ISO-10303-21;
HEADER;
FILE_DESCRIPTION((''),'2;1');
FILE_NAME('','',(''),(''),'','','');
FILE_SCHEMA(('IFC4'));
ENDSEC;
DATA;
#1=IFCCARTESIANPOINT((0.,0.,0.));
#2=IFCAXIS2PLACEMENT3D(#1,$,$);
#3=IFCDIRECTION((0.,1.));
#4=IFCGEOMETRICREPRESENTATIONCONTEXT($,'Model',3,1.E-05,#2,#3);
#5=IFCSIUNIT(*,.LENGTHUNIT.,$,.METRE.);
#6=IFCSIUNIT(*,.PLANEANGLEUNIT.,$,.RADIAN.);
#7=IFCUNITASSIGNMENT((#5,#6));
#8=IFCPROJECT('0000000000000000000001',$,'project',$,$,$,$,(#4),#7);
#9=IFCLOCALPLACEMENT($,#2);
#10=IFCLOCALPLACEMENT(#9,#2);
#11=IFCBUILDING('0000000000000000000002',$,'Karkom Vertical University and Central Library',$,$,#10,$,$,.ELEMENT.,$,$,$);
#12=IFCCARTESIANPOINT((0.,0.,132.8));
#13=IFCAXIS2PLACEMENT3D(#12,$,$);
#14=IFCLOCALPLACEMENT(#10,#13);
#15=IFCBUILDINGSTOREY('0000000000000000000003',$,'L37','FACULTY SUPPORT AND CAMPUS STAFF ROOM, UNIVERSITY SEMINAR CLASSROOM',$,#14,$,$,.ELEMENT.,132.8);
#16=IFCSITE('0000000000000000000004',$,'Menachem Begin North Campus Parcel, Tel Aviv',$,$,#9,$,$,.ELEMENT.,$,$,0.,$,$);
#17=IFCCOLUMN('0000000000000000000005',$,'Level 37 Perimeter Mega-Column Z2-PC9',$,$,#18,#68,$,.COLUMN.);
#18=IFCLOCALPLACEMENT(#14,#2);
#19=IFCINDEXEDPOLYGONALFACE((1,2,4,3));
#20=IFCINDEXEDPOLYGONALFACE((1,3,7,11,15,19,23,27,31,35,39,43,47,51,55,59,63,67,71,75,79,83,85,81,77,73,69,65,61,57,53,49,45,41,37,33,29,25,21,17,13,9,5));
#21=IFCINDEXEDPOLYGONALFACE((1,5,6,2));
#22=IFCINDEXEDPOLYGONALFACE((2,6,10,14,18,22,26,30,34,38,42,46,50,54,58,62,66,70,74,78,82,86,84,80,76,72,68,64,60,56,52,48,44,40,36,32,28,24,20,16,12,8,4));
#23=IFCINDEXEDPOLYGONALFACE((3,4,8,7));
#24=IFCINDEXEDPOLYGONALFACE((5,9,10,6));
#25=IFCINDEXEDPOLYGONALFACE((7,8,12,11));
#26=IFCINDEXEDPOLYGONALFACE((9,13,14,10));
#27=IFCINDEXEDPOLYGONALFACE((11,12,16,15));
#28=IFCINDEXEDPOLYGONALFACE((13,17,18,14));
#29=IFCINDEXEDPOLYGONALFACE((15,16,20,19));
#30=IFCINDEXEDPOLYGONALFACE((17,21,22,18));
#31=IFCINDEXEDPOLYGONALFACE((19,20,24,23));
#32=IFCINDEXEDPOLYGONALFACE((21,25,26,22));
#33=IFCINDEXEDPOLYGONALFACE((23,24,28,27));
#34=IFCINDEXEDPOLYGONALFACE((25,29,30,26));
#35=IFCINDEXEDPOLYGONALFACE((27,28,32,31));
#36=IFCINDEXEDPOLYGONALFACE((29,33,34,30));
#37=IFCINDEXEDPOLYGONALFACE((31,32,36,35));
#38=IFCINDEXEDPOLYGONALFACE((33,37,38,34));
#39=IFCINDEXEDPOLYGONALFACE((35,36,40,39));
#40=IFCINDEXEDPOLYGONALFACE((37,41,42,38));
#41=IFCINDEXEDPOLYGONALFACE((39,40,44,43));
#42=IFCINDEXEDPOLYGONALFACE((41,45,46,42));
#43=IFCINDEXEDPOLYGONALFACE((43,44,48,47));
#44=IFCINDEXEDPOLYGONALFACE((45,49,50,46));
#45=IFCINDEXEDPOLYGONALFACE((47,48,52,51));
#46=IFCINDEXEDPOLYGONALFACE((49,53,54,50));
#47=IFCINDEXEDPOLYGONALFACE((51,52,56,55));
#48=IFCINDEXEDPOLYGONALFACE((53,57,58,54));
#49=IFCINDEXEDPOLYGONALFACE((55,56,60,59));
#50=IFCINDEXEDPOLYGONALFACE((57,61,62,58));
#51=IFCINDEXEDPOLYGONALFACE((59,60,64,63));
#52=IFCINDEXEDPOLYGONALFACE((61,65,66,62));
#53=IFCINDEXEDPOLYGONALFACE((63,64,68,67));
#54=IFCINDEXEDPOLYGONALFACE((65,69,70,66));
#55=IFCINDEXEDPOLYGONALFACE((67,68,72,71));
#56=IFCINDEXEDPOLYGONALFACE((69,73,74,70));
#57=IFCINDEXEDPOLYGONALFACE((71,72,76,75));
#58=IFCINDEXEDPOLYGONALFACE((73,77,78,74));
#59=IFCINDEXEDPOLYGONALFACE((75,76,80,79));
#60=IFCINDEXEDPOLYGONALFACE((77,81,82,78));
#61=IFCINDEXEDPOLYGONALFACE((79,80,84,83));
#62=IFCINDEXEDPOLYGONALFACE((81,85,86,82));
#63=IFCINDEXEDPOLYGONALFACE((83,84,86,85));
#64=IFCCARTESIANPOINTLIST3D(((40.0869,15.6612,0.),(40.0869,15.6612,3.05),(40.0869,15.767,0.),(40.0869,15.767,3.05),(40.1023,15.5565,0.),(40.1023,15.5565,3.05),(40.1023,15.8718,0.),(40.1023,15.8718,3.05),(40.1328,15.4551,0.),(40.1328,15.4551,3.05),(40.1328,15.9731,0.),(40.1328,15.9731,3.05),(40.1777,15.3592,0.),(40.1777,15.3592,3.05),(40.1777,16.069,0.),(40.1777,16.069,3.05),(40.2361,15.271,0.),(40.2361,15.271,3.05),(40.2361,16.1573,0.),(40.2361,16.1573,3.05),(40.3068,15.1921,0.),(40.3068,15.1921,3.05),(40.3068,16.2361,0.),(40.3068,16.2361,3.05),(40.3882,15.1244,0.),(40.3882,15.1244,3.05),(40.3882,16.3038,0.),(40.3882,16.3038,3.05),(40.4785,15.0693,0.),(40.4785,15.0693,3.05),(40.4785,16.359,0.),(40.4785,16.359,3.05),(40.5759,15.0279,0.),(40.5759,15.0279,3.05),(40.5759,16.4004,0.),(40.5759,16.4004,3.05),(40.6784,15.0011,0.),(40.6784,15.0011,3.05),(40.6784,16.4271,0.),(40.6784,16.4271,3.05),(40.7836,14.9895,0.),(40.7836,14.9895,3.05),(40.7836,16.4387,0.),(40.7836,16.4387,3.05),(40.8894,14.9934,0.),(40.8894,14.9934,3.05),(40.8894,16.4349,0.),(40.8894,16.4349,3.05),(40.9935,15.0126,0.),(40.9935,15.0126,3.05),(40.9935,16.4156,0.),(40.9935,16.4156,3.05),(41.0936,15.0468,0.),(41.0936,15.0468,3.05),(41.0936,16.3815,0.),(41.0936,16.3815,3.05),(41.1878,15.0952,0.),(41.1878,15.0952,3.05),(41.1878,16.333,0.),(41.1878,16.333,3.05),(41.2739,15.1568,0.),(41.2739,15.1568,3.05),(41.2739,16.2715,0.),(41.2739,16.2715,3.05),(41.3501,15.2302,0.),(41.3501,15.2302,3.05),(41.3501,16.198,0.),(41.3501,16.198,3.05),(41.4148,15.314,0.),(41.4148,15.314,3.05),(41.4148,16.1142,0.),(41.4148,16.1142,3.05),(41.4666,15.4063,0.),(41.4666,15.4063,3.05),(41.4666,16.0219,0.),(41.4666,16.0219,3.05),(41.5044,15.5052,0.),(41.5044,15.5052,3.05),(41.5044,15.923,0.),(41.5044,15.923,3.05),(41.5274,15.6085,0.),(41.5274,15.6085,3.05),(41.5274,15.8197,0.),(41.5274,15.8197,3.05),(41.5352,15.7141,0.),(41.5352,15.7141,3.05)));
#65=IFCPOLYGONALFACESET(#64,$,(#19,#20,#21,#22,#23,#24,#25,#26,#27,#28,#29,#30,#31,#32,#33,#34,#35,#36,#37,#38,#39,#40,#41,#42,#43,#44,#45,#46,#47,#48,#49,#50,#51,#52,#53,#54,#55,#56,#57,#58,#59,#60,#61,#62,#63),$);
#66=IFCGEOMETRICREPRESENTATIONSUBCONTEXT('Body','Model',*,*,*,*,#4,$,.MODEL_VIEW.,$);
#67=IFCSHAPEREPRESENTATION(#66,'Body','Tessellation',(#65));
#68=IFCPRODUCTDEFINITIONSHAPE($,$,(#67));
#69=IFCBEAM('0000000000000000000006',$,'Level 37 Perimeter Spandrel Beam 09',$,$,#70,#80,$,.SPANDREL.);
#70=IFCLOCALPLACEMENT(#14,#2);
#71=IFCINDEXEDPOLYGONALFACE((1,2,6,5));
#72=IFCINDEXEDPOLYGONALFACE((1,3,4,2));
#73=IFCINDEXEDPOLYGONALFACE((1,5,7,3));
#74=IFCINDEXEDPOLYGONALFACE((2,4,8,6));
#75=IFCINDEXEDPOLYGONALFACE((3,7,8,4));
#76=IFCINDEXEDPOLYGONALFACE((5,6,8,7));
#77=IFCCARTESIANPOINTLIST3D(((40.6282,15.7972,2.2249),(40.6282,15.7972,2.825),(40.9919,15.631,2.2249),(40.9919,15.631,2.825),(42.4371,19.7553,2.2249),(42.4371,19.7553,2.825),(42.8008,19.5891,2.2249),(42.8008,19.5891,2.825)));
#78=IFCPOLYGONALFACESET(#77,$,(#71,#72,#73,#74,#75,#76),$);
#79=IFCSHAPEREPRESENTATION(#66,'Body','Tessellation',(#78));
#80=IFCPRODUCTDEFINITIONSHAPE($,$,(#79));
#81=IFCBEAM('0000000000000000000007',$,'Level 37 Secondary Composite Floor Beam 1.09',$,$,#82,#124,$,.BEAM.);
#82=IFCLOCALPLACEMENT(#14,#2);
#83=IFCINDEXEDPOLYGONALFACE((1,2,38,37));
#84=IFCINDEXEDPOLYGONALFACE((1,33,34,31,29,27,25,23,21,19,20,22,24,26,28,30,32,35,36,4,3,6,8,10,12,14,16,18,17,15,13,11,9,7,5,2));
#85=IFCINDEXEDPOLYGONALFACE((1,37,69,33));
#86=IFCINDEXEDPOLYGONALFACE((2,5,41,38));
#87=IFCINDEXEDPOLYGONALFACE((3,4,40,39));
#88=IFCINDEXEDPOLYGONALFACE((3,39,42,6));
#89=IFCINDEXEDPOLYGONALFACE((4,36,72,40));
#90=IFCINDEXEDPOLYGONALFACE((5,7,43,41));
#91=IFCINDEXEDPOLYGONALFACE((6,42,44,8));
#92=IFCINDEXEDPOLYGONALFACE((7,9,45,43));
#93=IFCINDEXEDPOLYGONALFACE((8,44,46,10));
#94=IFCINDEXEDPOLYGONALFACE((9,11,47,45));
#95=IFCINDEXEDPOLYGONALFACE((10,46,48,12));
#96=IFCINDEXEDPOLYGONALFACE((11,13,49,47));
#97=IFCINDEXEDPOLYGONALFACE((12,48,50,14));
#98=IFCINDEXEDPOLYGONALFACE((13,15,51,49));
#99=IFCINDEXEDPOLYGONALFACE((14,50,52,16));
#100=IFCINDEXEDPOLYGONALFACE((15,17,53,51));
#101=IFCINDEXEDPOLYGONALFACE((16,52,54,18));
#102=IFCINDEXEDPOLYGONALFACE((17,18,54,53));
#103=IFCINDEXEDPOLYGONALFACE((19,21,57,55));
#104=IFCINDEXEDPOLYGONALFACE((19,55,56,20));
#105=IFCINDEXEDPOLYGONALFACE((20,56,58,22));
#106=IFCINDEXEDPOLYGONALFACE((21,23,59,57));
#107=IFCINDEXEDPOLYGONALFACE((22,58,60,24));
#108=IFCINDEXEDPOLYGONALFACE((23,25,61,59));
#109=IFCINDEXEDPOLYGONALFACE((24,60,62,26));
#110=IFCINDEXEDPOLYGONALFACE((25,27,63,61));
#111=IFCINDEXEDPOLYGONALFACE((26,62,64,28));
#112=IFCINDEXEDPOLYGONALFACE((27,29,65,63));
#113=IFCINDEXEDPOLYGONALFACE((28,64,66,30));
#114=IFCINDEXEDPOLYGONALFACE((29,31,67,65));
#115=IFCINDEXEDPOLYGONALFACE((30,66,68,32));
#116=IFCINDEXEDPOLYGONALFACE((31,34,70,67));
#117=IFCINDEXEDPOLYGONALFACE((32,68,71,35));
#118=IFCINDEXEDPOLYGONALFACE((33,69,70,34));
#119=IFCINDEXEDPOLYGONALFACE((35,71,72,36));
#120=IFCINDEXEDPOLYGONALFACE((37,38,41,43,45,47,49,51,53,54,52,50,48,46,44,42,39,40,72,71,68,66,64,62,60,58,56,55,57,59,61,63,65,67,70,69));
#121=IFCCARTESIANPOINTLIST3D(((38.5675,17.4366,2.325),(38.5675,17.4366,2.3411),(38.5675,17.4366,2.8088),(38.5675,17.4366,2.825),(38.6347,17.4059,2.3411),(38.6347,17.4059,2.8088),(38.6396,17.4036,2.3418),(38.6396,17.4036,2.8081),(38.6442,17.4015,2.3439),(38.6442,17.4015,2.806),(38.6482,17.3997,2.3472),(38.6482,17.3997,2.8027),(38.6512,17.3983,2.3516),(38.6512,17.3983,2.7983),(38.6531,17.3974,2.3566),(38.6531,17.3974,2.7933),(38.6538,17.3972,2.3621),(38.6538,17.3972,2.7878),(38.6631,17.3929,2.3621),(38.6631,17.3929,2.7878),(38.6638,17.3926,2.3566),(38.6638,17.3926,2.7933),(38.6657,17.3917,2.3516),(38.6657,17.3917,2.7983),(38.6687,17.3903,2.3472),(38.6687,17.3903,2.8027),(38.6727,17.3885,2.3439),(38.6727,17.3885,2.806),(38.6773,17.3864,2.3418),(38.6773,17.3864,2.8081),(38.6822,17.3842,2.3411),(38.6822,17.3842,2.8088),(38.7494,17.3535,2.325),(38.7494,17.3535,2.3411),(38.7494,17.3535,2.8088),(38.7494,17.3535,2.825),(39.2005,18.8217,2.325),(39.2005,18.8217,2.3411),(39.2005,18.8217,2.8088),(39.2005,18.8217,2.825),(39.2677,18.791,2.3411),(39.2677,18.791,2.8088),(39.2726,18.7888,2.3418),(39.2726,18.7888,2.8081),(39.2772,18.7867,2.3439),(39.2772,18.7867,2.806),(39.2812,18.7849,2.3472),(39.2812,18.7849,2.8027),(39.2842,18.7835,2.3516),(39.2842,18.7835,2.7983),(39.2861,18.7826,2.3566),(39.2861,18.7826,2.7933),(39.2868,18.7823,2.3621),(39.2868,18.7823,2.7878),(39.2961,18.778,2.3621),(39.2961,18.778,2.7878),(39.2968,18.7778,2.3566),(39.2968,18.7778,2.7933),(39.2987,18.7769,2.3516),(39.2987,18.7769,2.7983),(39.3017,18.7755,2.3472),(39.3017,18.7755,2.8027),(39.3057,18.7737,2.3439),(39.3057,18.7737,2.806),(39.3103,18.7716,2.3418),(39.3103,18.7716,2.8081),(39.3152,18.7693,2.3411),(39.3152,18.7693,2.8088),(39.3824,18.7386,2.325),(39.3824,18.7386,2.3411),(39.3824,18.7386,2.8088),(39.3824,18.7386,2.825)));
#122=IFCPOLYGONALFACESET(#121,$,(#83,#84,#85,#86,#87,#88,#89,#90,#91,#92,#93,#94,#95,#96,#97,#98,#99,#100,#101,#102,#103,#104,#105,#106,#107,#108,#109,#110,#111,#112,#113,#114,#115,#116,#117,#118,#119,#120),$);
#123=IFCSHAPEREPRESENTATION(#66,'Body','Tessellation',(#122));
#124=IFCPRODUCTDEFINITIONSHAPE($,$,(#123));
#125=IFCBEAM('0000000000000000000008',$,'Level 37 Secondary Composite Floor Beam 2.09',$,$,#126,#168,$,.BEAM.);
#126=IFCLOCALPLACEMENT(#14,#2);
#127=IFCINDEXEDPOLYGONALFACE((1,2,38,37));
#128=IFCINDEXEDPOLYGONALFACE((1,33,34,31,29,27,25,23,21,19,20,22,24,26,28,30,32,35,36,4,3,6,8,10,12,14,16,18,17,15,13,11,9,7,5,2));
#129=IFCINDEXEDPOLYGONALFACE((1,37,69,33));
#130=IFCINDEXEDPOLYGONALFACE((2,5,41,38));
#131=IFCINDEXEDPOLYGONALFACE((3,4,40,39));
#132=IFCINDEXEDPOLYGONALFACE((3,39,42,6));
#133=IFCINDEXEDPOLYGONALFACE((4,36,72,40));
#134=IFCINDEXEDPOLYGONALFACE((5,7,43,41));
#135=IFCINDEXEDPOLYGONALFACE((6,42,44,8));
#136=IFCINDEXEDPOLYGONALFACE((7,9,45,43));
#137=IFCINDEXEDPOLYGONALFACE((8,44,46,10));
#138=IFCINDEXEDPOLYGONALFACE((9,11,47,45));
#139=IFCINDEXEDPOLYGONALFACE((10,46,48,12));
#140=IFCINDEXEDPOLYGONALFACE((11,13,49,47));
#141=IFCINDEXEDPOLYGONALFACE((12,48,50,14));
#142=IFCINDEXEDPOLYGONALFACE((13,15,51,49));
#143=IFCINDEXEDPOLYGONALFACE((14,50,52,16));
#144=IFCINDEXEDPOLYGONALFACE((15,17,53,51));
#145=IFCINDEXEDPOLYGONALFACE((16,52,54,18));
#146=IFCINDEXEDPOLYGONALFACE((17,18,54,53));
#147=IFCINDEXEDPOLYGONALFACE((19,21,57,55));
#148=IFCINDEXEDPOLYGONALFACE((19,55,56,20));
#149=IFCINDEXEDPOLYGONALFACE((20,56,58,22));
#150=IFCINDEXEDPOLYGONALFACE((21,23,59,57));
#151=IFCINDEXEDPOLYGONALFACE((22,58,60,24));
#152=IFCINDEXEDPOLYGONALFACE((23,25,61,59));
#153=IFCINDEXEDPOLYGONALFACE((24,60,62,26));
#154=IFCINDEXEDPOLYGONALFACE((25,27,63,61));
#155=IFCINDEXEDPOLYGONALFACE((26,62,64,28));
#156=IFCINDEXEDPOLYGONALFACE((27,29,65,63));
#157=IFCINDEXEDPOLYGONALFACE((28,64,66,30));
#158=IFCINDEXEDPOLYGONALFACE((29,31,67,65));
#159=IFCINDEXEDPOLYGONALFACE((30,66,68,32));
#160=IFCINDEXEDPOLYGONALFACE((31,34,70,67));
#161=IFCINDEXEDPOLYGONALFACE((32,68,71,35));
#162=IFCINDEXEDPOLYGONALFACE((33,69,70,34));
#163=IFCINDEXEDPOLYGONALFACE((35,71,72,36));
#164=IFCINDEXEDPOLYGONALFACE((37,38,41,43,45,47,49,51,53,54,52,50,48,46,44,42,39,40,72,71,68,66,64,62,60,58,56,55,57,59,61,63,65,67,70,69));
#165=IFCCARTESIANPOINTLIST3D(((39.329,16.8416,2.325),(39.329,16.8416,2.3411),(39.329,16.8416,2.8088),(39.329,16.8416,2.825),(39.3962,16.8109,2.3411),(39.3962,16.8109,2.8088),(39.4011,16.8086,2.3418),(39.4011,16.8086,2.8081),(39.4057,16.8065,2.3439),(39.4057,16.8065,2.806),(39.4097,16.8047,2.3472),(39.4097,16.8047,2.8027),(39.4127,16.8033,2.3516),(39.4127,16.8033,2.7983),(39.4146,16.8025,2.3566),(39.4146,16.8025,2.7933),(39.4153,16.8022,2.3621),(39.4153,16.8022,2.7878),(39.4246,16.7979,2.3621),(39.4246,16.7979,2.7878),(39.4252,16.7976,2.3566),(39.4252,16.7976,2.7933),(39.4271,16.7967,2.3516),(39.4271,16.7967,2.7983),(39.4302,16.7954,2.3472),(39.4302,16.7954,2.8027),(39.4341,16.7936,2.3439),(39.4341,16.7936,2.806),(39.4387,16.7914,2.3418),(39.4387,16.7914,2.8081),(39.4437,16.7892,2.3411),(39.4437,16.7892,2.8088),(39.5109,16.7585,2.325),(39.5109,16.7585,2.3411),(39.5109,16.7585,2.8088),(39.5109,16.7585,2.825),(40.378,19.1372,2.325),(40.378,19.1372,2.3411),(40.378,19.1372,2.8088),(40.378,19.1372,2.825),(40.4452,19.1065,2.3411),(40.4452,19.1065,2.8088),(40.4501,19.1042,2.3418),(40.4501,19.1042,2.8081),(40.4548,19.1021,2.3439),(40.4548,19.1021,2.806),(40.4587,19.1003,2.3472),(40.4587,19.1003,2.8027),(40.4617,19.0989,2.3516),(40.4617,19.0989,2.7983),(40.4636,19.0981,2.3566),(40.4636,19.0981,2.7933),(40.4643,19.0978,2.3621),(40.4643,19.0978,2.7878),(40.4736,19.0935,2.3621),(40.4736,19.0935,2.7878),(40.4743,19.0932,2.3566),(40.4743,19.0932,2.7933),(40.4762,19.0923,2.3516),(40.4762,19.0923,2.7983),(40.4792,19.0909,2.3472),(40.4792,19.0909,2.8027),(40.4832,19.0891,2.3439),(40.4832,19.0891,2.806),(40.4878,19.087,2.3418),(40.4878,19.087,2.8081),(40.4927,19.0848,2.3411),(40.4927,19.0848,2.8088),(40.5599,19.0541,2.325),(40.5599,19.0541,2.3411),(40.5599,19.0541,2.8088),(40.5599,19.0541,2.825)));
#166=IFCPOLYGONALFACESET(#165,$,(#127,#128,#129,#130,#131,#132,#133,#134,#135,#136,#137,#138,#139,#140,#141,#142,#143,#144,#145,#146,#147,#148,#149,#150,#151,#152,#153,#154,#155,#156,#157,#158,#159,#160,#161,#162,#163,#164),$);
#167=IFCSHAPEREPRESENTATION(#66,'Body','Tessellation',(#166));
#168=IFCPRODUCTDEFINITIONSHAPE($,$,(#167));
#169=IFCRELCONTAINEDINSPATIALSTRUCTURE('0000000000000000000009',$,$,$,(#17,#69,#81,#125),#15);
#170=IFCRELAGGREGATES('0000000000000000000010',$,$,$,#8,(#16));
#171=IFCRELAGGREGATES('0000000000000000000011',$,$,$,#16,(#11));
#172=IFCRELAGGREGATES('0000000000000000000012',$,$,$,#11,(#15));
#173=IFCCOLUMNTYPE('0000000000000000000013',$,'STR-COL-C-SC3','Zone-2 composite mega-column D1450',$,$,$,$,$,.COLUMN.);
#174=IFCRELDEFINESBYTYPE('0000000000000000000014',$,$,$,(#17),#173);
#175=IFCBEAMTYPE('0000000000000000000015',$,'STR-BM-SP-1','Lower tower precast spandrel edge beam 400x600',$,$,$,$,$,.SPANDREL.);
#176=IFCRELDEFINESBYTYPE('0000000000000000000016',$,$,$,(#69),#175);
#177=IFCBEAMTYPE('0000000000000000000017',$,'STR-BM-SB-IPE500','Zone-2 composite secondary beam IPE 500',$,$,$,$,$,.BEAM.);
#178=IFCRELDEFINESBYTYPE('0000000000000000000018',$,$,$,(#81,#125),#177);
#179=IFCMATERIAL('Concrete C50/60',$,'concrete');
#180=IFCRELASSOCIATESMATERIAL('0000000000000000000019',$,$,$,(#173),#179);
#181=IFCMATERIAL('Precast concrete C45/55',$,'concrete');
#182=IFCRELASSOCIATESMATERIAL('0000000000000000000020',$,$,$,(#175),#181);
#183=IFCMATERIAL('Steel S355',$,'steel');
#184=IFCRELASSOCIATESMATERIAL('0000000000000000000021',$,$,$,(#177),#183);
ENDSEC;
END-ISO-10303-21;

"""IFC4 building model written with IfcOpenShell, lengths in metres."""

from ifc_helpers import new_model, si_unit, direction, frame, origin, origin_with_axes, origin_2d, place, context, subcontext, project, spatial, rectangle, circle, i_section, extrude, source, transform, mapped, material, material_profile, profile_set, type_object, element, save


model = new_model("IFC4")

# Units and contexts
model_context = context("Model", 3, precision=1e-05, world=origin(), true_north=direction((0.0, 1.0)))
body_context = subcontext(model_context, "Body", "Model", "MODEL_VIEW")
ifc_project = project(units=[si_unit("LENGTHUNIT", "METRE"), si_unit("PLANEANGLEUNIT", "RADIAN")], contexts=[model_context])

# Site, building, storey
site_placement = place(None, origin())
site = spatial("IfcSite", under=ifc_project, at=site_placement, Name="Menachem Begin North Campus Parcel, Tel Aviv", CompositionType="ELEMENT", RefElevation=0.0)
building_placement = place(site_placement, origin())
building = spatial("IfcBuilding", under=site, at=building_placement, Name="Karkom Vertical University and Central Library", CompositionType="ELEMENT")
storey_placement = place(building_placement, frame((0.0, 0.0, 132.8)))
storey = spatial("IfcBuildingStorey", under=building, at=storey_placement, Name="L37", Description="FACULTY SUPPORT AND CAMPUS STAFF ROOM, UNIVERSITY SEMINAR CLASSROOM", CompositionType="ELEMENT", Elevation=132.8)

# Column
ifc_material_1 = material(Name="Concrete C50/60", Category="concrete")
ifc_material_profile_1 = material_profile(ifc_material_1, circle(Radius=0.7251, at=origin_2d()), Name="CFT-D1450")
ifc_profile_set_1 = profile_set([ifc_material_profile_1], Name="Concrete C50/60")
column_type = type_object("IfcColumnType", Name="STR-COL-C-SC3", Description="Zone-2 composite mega-column D1450", PredefinedType="COLUMN", material=ifc_profile_set_1)
shared_shape_1 = source(origin_with_axes(), body_context, "Body", "SweptSolid", [
    extrude(circle(Radius=0.7251, at=origin_2d()), origin(), (0.0, 0.0, 1.0), 3.05),
])
column_placement = place(storey_placement, frame((40.8101, 15.7141, 0.0), z_axis=(0.0, 0.0, 1.0), x_axis=(1.0, 0.0, 0.0)))
element("IfcColumn", 1, at=column_placement, inside=storey, type_object=column_type, Name="Level 37 Perimeter Mega-Column Z2-PC9", PredefinedType="COLUMN", context=body_context, shape_type="MappedRepresentation", body=[
    mapped(shared_shape_1, transform((0.0, 0.0, 0.0), scale=1.0)),
])

# Beams
ifc_material_2 = material(Name="Precast concrete C45/55", Category="concrete")
ifc_material_profile_2 = material_profile(ifc_material_2, rectangle(XDim=0.3999, YDim=0.6001, at=origin_2d()), Name="SPB-400x600")
ifc_profile_set_2 = profile_set([ifc_material_profile_2], Name="Precast concrete C45/55")
beam_type_1 = type_object("IfcBeamType", Name="STR-BM-SP-1", Description="Lower tower precast spandrel edge beam 400x600", PredefinedType="SPANDREL", material=ifc_profile_set_2)
shared_shape_2 = source(origin_with_axes(), body_context, "Body", "SweptSolid", [
    extrude(rectangle(XDim=0.3999, YDim=0.6001, at=origin_2d()), origin(), (0.0, 0.0, 1.0), 4.3518),
])
beam_1_placement = place(storey_placement, frame((40.8101, 15.7141, 2.5249), z_axis=(0.415658, 0.909521, 0.0), x_axis=(-0.909521, 0.415658, 0.0)))
element("IfcBeam", 2, at=beam_1_placement, inside=storey, type_object=beam_type_1, Name="Level 37 Perimeter Spandrel Beam 09", PredefinedType="SPANDREL", context=body_context, shape_type="MappedRepresentation", body=[
    mapped(shared_shape_2, transform((0.0, 0.0, 0.0), scale=1.0)),
])
ifc_material_3 = material(Name="Steel S355", Category="steel")
ifc_material_profile_3 = material_profile(ifc_material_3, i_section(OverallWidth=0.2, OverallDepth=0.5, WebThickness=0.0103, FlangeThickness=0.0161, FilletRadius=0.021, at=origin_2d()), Name="IPE 500")
ifc_profile_set_3 = profile_set([ifc_material_profile_3], Name="Steel S355")
beam_type_2 = type_object("IfcBeamType", Name="STR-BM-SB-IPE500", Description="Zone-2 composite secondary beam IPE 500", PredefinedType="BEAM", material=ifc_profile_set_3)
shared_shape_3 = source(origin_with_axes(), body_context, "Body", "SweptSolid", [
    extrude(i_section(OverallWidth=0.2, OverallDepth=0.5, WebThickness=0.0103, FlangeThickness=0.0161, FilletRadius=0.021, at=origin_2d()), origin(), (0.0, 0.0, 1.0), 1.5229),
])
beam_2_placement = place(storey_placement, frame((38.6584, 17.395, 2.575), z_axis=(0.41565, 0.909525, 0.0), x_axis=(-0.909525, 0.41565, 0.0)))
element("IfcBeam", 3, at=beam_2_placement, inside=storey, type_object=beam_type_2, Name="Level 37 Secondary Composite Floor Beam 1.09", PredefinedType="BEAM", context=body_context, shape_type="MappedRepresentation", body=[
    mapped(shared_shape_3, transform((0.0, 0.0, 0.0), scale=1.0)),
])
shared_shape_4 = source(origin_with_axes(), body_context, "Body", "SweptSolid", [
    extrude(i_section(OverallWidth=0.2, OverallDepth=0.5, WebThickness=0.0103, FlangeThickness=0.0161, FilletRadius=0.021, at=origin_2d()), origin(), (0.0, 0.0, 1.0), 2.5239),
])
beam_3_placement = place(storey_placement, frame((39.4199, 16.8, 2.575), z_axis=(0.415639, 0.90953, 0.0), x_axis=(-0.90953, 0.415639, 0.0)))
element("IfcBeam", 4, at=beam_3_placement, inside=storey, type_object=beam_type_2, Name="Level 37 Secondary Composite Floor Beam 2.09", PredefinedType="BEAM", context=body_context, shape_type="MappedRepresentation", body=[
    mapped(shared_shape_4, transform((0.0, 0.0, 0.0), scale=1.0)),
])

save(model, "model.ifc")
